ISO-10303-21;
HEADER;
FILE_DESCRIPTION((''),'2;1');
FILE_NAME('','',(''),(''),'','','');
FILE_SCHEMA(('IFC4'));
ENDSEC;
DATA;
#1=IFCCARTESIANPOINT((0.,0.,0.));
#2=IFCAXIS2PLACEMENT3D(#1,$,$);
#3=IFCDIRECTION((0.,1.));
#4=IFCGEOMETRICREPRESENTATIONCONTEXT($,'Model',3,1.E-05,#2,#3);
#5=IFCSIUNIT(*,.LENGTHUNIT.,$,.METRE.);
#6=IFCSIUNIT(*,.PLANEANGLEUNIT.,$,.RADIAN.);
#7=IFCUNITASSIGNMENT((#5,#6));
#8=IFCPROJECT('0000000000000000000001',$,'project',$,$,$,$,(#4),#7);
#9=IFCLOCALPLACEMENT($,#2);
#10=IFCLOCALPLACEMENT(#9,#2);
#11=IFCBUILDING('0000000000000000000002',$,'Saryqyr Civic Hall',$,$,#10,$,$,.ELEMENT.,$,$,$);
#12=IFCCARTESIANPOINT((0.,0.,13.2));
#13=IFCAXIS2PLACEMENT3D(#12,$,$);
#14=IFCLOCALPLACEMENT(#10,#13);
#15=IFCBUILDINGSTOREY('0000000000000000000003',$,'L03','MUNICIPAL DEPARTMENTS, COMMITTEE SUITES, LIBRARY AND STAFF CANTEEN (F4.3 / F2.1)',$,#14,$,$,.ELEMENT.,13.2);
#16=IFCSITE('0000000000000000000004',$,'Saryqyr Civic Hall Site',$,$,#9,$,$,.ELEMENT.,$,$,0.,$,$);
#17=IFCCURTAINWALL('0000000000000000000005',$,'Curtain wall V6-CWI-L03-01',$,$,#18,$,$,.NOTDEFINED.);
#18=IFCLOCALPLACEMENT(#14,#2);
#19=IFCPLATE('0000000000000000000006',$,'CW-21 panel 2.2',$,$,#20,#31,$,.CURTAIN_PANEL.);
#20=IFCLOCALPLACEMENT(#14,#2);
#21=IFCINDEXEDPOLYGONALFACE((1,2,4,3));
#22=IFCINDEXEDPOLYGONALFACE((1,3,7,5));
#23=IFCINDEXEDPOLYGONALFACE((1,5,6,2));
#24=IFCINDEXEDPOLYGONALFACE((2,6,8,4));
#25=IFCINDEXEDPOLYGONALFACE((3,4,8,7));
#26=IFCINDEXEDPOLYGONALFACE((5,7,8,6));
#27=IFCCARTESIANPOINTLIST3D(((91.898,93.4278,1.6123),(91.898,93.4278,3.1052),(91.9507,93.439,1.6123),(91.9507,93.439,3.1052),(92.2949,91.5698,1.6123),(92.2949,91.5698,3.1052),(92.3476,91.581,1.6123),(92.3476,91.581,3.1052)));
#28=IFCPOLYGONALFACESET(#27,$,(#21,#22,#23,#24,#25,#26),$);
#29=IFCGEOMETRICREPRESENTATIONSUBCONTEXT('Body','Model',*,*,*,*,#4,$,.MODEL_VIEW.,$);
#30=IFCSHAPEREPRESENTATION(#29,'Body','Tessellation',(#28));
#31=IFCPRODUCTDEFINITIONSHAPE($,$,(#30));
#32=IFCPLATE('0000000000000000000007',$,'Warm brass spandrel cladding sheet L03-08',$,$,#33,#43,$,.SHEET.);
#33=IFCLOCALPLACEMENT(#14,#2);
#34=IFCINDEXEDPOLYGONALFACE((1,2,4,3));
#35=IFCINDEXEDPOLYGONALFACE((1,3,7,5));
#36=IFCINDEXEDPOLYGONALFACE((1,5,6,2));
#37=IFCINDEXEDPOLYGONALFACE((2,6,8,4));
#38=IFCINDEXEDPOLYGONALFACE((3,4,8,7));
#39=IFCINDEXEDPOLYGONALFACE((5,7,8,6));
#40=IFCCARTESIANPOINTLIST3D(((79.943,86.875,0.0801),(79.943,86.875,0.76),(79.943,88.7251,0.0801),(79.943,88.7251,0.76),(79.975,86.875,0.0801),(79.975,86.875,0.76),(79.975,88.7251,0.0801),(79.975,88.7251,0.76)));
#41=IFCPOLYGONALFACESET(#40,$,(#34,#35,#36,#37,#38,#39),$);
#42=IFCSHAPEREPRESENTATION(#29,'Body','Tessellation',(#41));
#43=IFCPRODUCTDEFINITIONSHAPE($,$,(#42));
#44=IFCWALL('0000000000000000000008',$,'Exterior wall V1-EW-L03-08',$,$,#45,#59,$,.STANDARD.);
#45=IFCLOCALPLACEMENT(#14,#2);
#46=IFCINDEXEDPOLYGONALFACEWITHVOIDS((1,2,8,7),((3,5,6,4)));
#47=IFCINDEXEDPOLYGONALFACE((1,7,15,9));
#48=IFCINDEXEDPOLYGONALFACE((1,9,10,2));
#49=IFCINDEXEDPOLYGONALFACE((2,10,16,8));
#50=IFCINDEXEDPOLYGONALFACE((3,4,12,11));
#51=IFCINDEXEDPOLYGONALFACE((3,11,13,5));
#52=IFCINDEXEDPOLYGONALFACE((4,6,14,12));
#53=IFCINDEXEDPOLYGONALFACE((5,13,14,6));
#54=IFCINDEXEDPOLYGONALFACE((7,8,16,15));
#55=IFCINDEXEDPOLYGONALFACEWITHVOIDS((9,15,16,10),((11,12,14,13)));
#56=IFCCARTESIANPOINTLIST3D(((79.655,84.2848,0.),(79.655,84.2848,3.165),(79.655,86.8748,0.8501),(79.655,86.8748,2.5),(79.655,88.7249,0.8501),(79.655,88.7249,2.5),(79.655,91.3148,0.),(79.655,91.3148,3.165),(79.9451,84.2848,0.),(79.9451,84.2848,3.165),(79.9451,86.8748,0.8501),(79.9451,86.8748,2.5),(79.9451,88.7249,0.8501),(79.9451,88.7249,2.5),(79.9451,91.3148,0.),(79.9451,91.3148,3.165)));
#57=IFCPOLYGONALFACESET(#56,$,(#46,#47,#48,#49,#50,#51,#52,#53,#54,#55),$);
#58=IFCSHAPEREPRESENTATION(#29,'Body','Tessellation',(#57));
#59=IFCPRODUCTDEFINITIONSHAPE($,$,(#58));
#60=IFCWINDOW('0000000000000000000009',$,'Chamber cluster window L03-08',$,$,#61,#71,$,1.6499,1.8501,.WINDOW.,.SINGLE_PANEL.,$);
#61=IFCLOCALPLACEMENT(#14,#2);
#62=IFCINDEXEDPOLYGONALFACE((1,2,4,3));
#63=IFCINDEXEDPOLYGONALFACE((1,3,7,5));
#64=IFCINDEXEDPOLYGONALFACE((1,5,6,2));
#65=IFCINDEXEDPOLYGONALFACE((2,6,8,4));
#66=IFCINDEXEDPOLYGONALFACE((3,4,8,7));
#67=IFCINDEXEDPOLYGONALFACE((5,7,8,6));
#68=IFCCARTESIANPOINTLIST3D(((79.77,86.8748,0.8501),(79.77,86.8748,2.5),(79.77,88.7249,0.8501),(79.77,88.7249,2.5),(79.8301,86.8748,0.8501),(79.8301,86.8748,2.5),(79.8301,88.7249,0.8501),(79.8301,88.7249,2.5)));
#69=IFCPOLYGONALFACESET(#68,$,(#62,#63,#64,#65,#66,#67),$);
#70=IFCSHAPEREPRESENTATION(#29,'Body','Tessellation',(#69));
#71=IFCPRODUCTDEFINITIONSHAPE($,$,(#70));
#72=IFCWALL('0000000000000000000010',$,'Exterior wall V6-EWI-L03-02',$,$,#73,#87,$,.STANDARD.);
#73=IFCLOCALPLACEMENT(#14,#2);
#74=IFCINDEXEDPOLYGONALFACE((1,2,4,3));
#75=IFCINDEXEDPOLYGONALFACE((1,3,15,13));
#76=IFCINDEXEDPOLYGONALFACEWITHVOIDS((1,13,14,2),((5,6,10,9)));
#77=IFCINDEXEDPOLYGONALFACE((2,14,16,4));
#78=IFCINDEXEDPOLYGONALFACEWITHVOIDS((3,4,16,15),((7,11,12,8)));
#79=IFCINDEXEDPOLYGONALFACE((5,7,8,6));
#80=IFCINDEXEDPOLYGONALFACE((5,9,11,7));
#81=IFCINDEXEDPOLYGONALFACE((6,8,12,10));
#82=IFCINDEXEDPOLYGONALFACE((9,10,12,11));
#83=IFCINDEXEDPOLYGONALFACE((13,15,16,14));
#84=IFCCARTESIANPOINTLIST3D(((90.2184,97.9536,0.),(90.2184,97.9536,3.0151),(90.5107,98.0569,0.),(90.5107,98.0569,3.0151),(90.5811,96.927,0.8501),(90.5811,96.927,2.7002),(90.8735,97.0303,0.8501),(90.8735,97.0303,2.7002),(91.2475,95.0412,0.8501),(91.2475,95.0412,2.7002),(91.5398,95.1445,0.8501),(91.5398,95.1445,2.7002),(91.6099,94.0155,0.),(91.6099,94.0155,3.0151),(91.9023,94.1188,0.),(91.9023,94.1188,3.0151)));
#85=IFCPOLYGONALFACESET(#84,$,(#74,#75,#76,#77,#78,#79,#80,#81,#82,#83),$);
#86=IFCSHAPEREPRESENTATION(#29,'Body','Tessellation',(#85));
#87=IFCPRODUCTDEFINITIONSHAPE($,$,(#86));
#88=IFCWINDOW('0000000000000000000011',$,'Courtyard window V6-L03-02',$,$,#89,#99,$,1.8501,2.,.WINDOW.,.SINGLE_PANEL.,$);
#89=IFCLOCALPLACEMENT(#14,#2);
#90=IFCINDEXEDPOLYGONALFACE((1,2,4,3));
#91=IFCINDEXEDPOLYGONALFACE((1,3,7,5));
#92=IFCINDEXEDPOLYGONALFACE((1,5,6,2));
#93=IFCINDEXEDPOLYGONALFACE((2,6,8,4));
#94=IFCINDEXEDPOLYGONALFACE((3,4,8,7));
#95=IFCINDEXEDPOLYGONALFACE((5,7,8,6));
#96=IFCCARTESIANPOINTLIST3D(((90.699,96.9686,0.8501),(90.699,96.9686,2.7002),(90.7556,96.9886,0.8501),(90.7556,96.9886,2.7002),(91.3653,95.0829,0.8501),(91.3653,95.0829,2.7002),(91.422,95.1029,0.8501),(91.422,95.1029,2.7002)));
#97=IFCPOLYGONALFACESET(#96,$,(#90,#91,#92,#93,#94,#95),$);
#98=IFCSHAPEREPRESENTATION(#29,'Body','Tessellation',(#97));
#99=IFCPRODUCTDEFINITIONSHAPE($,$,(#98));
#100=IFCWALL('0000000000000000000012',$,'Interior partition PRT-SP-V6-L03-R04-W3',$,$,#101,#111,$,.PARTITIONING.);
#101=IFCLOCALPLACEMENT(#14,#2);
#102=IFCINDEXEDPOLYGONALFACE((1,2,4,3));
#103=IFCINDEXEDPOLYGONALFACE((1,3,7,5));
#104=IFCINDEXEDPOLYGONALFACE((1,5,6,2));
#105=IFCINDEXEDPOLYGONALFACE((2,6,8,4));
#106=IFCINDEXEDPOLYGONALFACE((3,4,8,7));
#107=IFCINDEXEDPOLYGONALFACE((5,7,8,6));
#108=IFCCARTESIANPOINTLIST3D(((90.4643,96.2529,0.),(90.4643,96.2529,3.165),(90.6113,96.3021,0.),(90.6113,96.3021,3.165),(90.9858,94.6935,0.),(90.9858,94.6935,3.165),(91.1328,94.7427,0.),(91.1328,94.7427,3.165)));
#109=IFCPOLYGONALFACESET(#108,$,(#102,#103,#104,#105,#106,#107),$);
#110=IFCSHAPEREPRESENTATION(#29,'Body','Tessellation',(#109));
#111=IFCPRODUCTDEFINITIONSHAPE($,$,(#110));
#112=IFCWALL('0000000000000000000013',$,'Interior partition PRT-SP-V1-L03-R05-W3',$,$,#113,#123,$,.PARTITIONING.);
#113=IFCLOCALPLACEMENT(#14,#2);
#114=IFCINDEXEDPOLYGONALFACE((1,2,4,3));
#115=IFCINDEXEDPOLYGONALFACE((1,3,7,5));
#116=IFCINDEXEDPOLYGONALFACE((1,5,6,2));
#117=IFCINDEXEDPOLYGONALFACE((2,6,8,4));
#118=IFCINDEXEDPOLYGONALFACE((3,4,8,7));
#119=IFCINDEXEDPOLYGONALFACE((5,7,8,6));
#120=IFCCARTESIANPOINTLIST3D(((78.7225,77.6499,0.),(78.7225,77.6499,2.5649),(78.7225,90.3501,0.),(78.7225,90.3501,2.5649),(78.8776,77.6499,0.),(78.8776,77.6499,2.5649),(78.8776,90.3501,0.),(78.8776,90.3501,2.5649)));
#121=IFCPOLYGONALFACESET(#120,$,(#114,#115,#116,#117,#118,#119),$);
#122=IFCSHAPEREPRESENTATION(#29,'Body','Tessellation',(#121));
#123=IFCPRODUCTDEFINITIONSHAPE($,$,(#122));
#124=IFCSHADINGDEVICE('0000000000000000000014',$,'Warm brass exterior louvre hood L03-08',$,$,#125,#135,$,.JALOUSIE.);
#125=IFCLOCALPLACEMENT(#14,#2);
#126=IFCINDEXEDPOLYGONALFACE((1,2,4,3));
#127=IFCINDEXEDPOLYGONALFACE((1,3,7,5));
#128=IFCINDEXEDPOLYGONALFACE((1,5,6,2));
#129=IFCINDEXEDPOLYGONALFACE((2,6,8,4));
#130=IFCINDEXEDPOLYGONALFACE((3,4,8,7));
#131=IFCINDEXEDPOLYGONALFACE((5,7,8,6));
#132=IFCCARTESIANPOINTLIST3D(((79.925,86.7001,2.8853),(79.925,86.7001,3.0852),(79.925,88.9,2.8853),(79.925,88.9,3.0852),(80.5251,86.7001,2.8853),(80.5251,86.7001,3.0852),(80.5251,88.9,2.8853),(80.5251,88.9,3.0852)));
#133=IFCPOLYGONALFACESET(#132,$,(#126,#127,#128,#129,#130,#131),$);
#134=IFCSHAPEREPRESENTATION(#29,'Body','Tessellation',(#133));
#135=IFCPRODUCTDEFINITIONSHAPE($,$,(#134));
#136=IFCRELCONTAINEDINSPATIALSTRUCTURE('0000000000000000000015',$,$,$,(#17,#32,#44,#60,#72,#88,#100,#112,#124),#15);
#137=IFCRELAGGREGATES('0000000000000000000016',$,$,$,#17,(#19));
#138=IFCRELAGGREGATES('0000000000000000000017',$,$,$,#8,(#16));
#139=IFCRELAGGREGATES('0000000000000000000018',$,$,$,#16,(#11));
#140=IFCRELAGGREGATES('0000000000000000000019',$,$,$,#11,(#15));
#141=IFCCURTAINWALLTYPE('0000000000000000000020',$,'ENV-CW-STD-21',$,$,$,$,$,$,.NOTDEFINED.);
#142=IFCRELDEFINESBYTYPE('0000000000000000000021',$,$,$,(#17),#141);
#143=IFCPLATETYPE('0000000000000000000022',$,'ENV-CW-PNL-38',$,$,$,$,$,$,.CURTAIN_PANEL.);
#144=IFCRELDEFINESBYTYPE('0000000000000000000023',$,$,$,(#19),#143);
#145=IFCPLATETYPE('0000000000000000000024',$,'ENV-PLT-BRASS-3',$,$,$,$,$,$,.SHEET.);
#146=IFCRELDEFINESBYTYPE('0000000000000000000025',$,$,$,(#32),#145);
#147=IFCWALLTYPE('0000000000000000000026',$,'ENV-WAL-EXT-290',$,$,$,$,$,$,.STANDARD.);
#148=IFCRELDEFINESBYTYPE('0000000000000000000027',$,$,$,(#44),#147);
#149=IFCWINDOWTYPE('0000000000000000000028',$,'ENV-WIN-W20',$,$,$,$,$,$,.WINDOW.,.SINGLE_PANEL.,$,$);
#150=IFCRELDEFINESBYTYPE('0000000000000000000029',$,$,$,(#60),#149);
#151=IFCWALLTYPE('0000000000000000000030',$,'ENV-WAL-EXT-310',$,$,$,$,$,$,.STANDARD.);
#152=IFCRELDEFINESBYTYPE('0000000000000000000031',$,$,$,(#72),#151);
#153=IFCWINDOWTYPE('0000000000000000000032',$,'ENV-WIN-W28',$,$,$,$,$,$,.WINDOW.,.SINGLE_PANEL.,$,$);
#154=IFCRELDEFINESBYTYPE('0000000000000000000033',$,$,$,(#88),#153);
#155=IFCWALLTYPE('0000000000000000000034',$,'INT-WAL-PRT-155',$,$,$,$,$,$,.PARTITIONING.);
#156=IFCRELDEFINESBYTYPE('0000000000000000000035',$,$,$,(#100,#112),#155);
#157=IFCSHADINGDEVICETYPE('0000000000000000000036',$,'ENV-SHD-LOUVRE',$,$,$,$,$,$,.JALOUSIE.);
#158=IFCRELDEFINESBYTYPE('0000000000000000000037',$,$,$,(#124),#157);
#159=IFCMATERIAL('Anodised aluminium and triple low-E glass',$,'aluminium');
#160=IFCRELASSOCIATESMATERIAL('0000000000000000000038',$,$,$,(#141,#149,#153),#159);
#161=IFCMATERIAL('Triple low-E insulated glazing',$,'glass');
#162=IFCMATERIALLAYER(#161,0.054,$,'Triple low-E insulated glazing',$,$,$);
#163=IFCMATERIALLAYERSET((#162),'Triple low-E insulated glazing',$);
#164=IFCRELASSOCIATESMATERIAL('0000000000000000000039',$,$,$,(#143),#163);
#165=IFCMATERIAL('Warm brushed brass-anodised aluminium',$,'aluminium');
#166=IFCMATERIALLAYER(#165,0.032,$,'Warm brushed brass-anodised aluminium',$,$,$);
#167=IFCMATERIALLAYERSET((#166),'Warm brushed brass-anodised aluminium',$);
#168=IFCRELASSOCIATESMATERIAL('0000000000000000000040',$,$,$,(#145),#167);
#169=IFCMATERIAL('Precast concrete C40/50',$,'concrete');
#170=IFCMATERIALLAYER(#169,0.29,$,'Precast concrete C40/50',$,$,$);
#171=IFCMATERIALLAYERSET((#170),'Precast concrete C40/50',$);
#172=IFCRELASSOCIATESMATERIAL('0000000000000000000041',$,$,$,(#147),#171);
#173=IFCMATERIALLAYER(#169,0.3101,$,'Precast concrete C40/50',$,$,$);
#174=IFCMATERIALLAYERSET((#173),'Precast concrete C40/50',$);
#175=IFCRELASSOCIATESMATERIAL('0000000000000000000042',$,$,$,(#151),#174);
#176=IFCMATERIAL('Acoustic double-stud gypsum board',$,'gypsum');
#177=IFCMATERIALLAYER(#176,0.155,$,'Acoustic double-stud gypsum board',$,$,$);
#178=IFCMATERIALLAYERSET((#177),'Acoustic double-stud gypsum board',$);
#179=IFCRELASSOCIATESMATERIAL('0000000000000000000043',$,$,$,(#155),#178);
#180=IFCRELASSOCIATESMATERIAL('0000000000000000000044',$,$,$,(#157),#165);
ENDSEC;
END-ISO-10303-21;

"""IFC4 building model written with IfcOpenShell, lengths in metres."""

from ifc_helpers import new_model, si_unit, direction, frame, frame_2d, origin, origin_2d, place, context, subcontext, project, spatial, rectangle, extrude, material, layer, layer_set, type_object, element, fill, aggregate, save


model = new_model("IFC4")

# Units and contexts
model_context = context("Model", 3, precision=1e-05, world=origin(), true_north=direction((0.0, 1.0)))
body_context = subcontext(model_context, "Body", "Model", "MODEL_VIEW")
ifc_project = project(units=[si_unit("LENGTHUNIT", "METRE"), si_unit("PLANEANGLEUNIT", "RADIAN")], contexts=[model_context])

# Site, building, storey
site_placement = place(None, origin())
site = spatial("IfcSite", under=ifc_project, at=site_placement, Name="Saryqyr Civic Hall Site", CompositionType="ELEMENT", RefElevation=0.0)
building_placement = place(site_placement, origin())
building = spatial("IfcBuilding", under=site, at=building_placement, Name="Saryqyr Civic Hall", CompositionType="ELEMENT")
storey_placement = place(building_placement, frame((0.0, 0.0, 13.2)))
storey = spatial("IfcBuildingStorey", under=building, at=storey_placement, Name="L03", Description="MUNICIPAL DEPARTMENTS, COMMITTEE SUITES, LIBRARY AND STAFF CANTEEN (F4.3 / F2.1)", CompositionType="ELEMENT", Elevation=13.2)

# Curtain wall
ifc_material_1 = material(Name="Anodised aluminium and triple low-E glass", Category="aluminium")
curtain_wall_type_1 = type_object("IfcCurtainWallType", Name="ENV-CW-STD-21", PredefinedType="NOTDEFINED", material=ifc_material_1)
curtain_wall_1_placement = place(storey_placement, origin())
curtain_wall_1 = element("IfcCurtainWall", 1, at=curtain_wall_1_placement, inside=storey, type_object=curtain_wall_type_1, Name="Curtain wall V6-CWI-L03-01", PredefinedType="NOTDEFINED")

# Plates
ifc_material_2 = material(Name="Triple low-E insulated glazing", Category="glass")
ifc_layer_1 = layer(ifc_material_2, 0.054, Name="Triple low-E insulated glazing")
ifc_layer_set_1 = layer_set([ifc_layer_1], Name="Triple low-E insulated glazing")
plate_type_1 = type_object("IfcPlateType", Name="ENV-CW-PNL-38", PredefinedType="CURTAIN_PANEL", material=ifc_layer_set_1)
plate_1_placement = place(storey_placement, frame((92.1228, 92.5044, 1.6123), z_axis=(0.0, 0.0, 1.0), x_axis=(-0.208899, 0.977937, 0.0)))
plate_1 = element("IfcPlate", 2, at=plate_1_placement, type_object=plate_type_1, Name="CW-21 panel 2.2", PredefinedType="CURTAIN_PANEL", context=body_context, shape_type="SweptSolid", body=[
    extrude(rectangle(XDim=1.8999, YDim=0.054, at=origin_2d()), origin(), (0.0, 0.0, 1.0), 1.4929),
])
aggregate(curtain_wall_1, [plate_1])
ifc_material_3 = material(Name="Warm brushed brass-anodised aluminium", Category="aluminium")
ifc_layer_2 = layer(ifc_material_3, 0.032, Name="Warm brushed brass-anodised aluminium")
ifc_layer_set_2 = layer_set([ifc_layer_2], Name="Warm brushed brass-anodised aluminium")
plate_type_2 = type_object("IfcPlateType", Name="ENV-PLT-BRASS-3", PredefinedType="SHEET", material=ifc_layer_set_2)
plate_2_placement = place(storey_placement, frame((79.959, 87.8, 0.0801), z_axis=(0.0, 0.0, 1.0), x_axis=(0.0, -1.0, 0.0)))
element("IfcPlate", 3, at=plate_2_placement, inside=storey, type_object=plate_type_2, Name="Warm brass spandrel cladding sheet L03-08", PredefinedType="SHEET", context=body_context, shape_type="SweptSolid", body=[
    extrude(rectangle(XDim=1.8501, YDim=0.032, at=origin_2d()), origin(), (0.0, 0.0, 1.0), 0.6799),
])

# Walls, openings, windows
ifc_material_4 = material(Name="Precast concrete C40/50", Category="concrete")
ifc_layer_3 = layer(ifc_material_4, 0.29, Name="Precast concrete C40/50")
ifc_layer_set_3 = layer_set([ifc_layer_3], Name="Precast concrete C40/50")
wall_type_1 = type_object("IfcWallType", Name="ENV-WAL-EXT-290", PredefinedType="STANDARD", material=ifc_layer_set_3)
wall_1_placement = place(storey_placement, frame((79.8, 91.3149, 0.0), z_axis=(0.0, 0.0, 1.0), x_axis=(0.0, -1.0, 0.0)))
wall_1 = element("IfcWall", 4, at=wall_1_placement, inside=storey, type_object=wall_type_1, Name="Exterior wall V1-EW-L03-08", PredefinedType="STANDARD", context=body_context, shape_type="SweptSolid", body=[
    extrude(rectangle(XDim=7.03, YDim=0.29, at=frame_2d((3.5151, 0.0))), origin(), (0.0, 0.0, 1.0), 3.165),
])
opening_1_placement = place(wall_1_placement, frame((2.5901, 0.0, 0.8501)))
opening_1 = element("IfcOpeningElement", 5, at=opening_1_placement, cuts=wall_1, PredefinedType="OPENING", context=body_context, shape_type="SweptSolid", body=[
    extrude(rectangle(XDim=1.8501, YDim=1.6499, at=frame_2d((0.925, 0.825))), frame((0.0, 0.155, 0.0), z_axis=(0.0, -1.0, 0.0), x_axis=(1.0, 0.0, 0.0)), (0.0, 0.0, 1.0), 0.3101),
])
window_type_1 = type_object("IfcWindowType", Name="ENV-WIN-W20", PartitioningType="SINGLE_PANEL", PredefinedType="WINDOW", material=ifc_material_1)
window_1_placement = place(opening_1_placement, origin())
window_1 = element("IfcWindow", 6, at=window_1_placement, inside=storey, type_object=window_type_1, Name="Chamber cluster window L03-08", OverallHeight=1.6499, OverallWidth=1.8501, PartitioningType="SINGLE_PANEL", PredefinedType="WINDOW", context=body_context, shape_type="SweptSolid", body=[
    extrude(rectangle(XDim=1.8501, YDim=1.6499, at=frame_2d((0.925, 0.825))), frame((0.0, 0.03, 0.0), z_axis=(0.0, -1.0, 0.0), x_axis=(1.0, 0.0, 0.0)), (0.0, 0.0, 1.0), 0.0601),
])
fill(opening_1, window_1)
ifc_layer_4 = layer(ifc_material_4, 0.3101, Name="Precast concrete C40/50")
ifc_layer_set_4 = layer_set([ifc_layer_4], Name="Precast concrete C40/50")
wall_type_2 = type_object("IfcWallType", Name="ENV-WAL-EXT-310", PredefinedType="STANDARD", material=ifc_layer_set_4)
wall_2_placement = place(storey_placement, frame((91.7561, 94.0671, 0.0), z_axis=(0.0, 0.0, 1.0), x_axis=(-0.333169, 0.942867, 0.0)))
wall_2 = element("IfcWall", 7, at=wall_2_placement, inside=storey, type_object=wall_type_2, Name="Exterior wall V6-EWI-L03-02", PredefinedType="STANDARD", context=body_context, shape_type="SweptSolid", body=[
    extrude(rectangle(XDim=4.1768, YDim=0.3101, at=frame_2d((2.0884, 0.0))), origin(), (0.0, 0.0, 1.0), 3.0151),
])
opening_2_placement = place(wall_2_placement, frame((1.0879, 0.0, 0.8501)))
opening_2 = element("IfcOpeningElement", 8, at=opening_2_placement, cuts=wall_2, PredefinedType="OPENING", context=body_context, shape_type="SweptSolid", body=[
    extrude(rectangle(XDim=2.0, YDim=1.8501, at=frame_2d((1.0, 0.925))), frame((0.0, 0.165, 0.0), z_axis=(0.0, -1.0, 0.0), x_axis=(1.0, 0.0, 0.0)), (0.0, 0.0, 1.0), 0.3301),
])
window_type_2 = type_object("IfcWindowType", Name="ENV-WIN-W28", PartitioningType="SINGLE_PANEL", PredefinedType="WINDOW", material=ifc_material_1)
window_2_placement = place(opening_2_placement, origin())
window_2 = element("IfcWindow", 9, at=window_2_placement, inside=storey, type_object=window_type_2, Name="Courtyard window V6-L03-02", OverallHeight=1.8501, OverallWidth=2.0, PartitioningType="SINGLE_PANEL", PredefinedType="WINDOW", context=body_context, shape_type="SweptSolid", body=[
    extrude(rectangle(XDim=2.0, YDim=1.8501, at=frame_2d((1.0, 0.925))), frame((0.0, 0.03, 0.0), z_axis=(0.0, -1.0, 0.0), x_axis=(1.0, 0.0, 0.0)), (0.0, 0.0, 1.0), 0.0601),
])
fill(opening_2, window_2)

# Walls
ifc_material_5 = material(Name="Acoustic double-stud gypsum board", Category="gypsum")
ifc_layer_5 = layer(ifc_material_5, 0.155, Name="Acoustic double-stud gypsum board")
ifc_layer_set_5 = layer_set([ifc_layer_5], Name="Acoustic double-stud gypsum board")
wall_type_3 = type_object("IfcWallType", Name="INT-WAL-PRT-155", PredefinedType="PARTITIONING", material=ifc_layer_set_5)
wall_3_placement = place(storey_placement, frame((91.0593, 94.718, 0.0), z_axis=(0.0, 0.0, 1.0), x_axis=(-0.317163, 0.948371, 0.0)))
element("IfcWall", 10, at=wall_3_placement, inside=storey, type_object=wall_type_3, Name="Interior partition PRT-SP-V6-L03-R04-W3", PredefinedType="PARTITIONING", context=body_context, shape_type="SweptSolid", body=[
    extrude(rectangle(XDim=1.6443, YDim=0.155, at=frame_2d((0.8223, 0.0))), origin(), (0.0, 0.0, 1.0), 3.165),
])
wall_4_placement = place(storey_placement, frame((78.8, 90.3501, 0.0), z_axis=(0.0, 0.0, 1.0), x_axis=(0.0, -1.0, 0.0)))
element("IfcWall", 11, at=wall_4_placement, inside=storey, type_object=wall_type_3, Name="Interior partition PRT-SP-V1-L03-R05-W3", PredefinedType="PARTITIONING", context=body_context, shape_type="SweptSolid", body=[
    extrude(rectangle(XDim=12.7002, YDim=0.155, at=frame_2d((6.3501, 0.0))), origin(), (0.0, 0.0, 1.0), 2.5649),
])

# Shading device
shading_device_type = type_object("IfcShadingDeviceType", Name="ENV-SHD-LOUVRE", PredefinedType="JALOUSIE", material=ifc_material_3)
shading_device_placement = place(storey_placement, frame((80.2251, 87.8, 2.8853), z_axis=(0.0, 0.0, 1.0), x_axis=(0.0, -1.0, 0.0)))
element("IfcShadingDevice", 12, at=shading_device_placement, inside=storey, type_object=shading_device_type, Name="Warm brass exterior louvre hood L03-08", PredefinedType="JALOUSIE", context=body_context, shape_type="SweptSolid", body=[
    extrude(rectangle(XDim=2.2, YDim=0.6001, at=origin_2d()), origin(), (0.0, 0.0, 1.0), 0.2),
])

save(model, "model.ifc")
